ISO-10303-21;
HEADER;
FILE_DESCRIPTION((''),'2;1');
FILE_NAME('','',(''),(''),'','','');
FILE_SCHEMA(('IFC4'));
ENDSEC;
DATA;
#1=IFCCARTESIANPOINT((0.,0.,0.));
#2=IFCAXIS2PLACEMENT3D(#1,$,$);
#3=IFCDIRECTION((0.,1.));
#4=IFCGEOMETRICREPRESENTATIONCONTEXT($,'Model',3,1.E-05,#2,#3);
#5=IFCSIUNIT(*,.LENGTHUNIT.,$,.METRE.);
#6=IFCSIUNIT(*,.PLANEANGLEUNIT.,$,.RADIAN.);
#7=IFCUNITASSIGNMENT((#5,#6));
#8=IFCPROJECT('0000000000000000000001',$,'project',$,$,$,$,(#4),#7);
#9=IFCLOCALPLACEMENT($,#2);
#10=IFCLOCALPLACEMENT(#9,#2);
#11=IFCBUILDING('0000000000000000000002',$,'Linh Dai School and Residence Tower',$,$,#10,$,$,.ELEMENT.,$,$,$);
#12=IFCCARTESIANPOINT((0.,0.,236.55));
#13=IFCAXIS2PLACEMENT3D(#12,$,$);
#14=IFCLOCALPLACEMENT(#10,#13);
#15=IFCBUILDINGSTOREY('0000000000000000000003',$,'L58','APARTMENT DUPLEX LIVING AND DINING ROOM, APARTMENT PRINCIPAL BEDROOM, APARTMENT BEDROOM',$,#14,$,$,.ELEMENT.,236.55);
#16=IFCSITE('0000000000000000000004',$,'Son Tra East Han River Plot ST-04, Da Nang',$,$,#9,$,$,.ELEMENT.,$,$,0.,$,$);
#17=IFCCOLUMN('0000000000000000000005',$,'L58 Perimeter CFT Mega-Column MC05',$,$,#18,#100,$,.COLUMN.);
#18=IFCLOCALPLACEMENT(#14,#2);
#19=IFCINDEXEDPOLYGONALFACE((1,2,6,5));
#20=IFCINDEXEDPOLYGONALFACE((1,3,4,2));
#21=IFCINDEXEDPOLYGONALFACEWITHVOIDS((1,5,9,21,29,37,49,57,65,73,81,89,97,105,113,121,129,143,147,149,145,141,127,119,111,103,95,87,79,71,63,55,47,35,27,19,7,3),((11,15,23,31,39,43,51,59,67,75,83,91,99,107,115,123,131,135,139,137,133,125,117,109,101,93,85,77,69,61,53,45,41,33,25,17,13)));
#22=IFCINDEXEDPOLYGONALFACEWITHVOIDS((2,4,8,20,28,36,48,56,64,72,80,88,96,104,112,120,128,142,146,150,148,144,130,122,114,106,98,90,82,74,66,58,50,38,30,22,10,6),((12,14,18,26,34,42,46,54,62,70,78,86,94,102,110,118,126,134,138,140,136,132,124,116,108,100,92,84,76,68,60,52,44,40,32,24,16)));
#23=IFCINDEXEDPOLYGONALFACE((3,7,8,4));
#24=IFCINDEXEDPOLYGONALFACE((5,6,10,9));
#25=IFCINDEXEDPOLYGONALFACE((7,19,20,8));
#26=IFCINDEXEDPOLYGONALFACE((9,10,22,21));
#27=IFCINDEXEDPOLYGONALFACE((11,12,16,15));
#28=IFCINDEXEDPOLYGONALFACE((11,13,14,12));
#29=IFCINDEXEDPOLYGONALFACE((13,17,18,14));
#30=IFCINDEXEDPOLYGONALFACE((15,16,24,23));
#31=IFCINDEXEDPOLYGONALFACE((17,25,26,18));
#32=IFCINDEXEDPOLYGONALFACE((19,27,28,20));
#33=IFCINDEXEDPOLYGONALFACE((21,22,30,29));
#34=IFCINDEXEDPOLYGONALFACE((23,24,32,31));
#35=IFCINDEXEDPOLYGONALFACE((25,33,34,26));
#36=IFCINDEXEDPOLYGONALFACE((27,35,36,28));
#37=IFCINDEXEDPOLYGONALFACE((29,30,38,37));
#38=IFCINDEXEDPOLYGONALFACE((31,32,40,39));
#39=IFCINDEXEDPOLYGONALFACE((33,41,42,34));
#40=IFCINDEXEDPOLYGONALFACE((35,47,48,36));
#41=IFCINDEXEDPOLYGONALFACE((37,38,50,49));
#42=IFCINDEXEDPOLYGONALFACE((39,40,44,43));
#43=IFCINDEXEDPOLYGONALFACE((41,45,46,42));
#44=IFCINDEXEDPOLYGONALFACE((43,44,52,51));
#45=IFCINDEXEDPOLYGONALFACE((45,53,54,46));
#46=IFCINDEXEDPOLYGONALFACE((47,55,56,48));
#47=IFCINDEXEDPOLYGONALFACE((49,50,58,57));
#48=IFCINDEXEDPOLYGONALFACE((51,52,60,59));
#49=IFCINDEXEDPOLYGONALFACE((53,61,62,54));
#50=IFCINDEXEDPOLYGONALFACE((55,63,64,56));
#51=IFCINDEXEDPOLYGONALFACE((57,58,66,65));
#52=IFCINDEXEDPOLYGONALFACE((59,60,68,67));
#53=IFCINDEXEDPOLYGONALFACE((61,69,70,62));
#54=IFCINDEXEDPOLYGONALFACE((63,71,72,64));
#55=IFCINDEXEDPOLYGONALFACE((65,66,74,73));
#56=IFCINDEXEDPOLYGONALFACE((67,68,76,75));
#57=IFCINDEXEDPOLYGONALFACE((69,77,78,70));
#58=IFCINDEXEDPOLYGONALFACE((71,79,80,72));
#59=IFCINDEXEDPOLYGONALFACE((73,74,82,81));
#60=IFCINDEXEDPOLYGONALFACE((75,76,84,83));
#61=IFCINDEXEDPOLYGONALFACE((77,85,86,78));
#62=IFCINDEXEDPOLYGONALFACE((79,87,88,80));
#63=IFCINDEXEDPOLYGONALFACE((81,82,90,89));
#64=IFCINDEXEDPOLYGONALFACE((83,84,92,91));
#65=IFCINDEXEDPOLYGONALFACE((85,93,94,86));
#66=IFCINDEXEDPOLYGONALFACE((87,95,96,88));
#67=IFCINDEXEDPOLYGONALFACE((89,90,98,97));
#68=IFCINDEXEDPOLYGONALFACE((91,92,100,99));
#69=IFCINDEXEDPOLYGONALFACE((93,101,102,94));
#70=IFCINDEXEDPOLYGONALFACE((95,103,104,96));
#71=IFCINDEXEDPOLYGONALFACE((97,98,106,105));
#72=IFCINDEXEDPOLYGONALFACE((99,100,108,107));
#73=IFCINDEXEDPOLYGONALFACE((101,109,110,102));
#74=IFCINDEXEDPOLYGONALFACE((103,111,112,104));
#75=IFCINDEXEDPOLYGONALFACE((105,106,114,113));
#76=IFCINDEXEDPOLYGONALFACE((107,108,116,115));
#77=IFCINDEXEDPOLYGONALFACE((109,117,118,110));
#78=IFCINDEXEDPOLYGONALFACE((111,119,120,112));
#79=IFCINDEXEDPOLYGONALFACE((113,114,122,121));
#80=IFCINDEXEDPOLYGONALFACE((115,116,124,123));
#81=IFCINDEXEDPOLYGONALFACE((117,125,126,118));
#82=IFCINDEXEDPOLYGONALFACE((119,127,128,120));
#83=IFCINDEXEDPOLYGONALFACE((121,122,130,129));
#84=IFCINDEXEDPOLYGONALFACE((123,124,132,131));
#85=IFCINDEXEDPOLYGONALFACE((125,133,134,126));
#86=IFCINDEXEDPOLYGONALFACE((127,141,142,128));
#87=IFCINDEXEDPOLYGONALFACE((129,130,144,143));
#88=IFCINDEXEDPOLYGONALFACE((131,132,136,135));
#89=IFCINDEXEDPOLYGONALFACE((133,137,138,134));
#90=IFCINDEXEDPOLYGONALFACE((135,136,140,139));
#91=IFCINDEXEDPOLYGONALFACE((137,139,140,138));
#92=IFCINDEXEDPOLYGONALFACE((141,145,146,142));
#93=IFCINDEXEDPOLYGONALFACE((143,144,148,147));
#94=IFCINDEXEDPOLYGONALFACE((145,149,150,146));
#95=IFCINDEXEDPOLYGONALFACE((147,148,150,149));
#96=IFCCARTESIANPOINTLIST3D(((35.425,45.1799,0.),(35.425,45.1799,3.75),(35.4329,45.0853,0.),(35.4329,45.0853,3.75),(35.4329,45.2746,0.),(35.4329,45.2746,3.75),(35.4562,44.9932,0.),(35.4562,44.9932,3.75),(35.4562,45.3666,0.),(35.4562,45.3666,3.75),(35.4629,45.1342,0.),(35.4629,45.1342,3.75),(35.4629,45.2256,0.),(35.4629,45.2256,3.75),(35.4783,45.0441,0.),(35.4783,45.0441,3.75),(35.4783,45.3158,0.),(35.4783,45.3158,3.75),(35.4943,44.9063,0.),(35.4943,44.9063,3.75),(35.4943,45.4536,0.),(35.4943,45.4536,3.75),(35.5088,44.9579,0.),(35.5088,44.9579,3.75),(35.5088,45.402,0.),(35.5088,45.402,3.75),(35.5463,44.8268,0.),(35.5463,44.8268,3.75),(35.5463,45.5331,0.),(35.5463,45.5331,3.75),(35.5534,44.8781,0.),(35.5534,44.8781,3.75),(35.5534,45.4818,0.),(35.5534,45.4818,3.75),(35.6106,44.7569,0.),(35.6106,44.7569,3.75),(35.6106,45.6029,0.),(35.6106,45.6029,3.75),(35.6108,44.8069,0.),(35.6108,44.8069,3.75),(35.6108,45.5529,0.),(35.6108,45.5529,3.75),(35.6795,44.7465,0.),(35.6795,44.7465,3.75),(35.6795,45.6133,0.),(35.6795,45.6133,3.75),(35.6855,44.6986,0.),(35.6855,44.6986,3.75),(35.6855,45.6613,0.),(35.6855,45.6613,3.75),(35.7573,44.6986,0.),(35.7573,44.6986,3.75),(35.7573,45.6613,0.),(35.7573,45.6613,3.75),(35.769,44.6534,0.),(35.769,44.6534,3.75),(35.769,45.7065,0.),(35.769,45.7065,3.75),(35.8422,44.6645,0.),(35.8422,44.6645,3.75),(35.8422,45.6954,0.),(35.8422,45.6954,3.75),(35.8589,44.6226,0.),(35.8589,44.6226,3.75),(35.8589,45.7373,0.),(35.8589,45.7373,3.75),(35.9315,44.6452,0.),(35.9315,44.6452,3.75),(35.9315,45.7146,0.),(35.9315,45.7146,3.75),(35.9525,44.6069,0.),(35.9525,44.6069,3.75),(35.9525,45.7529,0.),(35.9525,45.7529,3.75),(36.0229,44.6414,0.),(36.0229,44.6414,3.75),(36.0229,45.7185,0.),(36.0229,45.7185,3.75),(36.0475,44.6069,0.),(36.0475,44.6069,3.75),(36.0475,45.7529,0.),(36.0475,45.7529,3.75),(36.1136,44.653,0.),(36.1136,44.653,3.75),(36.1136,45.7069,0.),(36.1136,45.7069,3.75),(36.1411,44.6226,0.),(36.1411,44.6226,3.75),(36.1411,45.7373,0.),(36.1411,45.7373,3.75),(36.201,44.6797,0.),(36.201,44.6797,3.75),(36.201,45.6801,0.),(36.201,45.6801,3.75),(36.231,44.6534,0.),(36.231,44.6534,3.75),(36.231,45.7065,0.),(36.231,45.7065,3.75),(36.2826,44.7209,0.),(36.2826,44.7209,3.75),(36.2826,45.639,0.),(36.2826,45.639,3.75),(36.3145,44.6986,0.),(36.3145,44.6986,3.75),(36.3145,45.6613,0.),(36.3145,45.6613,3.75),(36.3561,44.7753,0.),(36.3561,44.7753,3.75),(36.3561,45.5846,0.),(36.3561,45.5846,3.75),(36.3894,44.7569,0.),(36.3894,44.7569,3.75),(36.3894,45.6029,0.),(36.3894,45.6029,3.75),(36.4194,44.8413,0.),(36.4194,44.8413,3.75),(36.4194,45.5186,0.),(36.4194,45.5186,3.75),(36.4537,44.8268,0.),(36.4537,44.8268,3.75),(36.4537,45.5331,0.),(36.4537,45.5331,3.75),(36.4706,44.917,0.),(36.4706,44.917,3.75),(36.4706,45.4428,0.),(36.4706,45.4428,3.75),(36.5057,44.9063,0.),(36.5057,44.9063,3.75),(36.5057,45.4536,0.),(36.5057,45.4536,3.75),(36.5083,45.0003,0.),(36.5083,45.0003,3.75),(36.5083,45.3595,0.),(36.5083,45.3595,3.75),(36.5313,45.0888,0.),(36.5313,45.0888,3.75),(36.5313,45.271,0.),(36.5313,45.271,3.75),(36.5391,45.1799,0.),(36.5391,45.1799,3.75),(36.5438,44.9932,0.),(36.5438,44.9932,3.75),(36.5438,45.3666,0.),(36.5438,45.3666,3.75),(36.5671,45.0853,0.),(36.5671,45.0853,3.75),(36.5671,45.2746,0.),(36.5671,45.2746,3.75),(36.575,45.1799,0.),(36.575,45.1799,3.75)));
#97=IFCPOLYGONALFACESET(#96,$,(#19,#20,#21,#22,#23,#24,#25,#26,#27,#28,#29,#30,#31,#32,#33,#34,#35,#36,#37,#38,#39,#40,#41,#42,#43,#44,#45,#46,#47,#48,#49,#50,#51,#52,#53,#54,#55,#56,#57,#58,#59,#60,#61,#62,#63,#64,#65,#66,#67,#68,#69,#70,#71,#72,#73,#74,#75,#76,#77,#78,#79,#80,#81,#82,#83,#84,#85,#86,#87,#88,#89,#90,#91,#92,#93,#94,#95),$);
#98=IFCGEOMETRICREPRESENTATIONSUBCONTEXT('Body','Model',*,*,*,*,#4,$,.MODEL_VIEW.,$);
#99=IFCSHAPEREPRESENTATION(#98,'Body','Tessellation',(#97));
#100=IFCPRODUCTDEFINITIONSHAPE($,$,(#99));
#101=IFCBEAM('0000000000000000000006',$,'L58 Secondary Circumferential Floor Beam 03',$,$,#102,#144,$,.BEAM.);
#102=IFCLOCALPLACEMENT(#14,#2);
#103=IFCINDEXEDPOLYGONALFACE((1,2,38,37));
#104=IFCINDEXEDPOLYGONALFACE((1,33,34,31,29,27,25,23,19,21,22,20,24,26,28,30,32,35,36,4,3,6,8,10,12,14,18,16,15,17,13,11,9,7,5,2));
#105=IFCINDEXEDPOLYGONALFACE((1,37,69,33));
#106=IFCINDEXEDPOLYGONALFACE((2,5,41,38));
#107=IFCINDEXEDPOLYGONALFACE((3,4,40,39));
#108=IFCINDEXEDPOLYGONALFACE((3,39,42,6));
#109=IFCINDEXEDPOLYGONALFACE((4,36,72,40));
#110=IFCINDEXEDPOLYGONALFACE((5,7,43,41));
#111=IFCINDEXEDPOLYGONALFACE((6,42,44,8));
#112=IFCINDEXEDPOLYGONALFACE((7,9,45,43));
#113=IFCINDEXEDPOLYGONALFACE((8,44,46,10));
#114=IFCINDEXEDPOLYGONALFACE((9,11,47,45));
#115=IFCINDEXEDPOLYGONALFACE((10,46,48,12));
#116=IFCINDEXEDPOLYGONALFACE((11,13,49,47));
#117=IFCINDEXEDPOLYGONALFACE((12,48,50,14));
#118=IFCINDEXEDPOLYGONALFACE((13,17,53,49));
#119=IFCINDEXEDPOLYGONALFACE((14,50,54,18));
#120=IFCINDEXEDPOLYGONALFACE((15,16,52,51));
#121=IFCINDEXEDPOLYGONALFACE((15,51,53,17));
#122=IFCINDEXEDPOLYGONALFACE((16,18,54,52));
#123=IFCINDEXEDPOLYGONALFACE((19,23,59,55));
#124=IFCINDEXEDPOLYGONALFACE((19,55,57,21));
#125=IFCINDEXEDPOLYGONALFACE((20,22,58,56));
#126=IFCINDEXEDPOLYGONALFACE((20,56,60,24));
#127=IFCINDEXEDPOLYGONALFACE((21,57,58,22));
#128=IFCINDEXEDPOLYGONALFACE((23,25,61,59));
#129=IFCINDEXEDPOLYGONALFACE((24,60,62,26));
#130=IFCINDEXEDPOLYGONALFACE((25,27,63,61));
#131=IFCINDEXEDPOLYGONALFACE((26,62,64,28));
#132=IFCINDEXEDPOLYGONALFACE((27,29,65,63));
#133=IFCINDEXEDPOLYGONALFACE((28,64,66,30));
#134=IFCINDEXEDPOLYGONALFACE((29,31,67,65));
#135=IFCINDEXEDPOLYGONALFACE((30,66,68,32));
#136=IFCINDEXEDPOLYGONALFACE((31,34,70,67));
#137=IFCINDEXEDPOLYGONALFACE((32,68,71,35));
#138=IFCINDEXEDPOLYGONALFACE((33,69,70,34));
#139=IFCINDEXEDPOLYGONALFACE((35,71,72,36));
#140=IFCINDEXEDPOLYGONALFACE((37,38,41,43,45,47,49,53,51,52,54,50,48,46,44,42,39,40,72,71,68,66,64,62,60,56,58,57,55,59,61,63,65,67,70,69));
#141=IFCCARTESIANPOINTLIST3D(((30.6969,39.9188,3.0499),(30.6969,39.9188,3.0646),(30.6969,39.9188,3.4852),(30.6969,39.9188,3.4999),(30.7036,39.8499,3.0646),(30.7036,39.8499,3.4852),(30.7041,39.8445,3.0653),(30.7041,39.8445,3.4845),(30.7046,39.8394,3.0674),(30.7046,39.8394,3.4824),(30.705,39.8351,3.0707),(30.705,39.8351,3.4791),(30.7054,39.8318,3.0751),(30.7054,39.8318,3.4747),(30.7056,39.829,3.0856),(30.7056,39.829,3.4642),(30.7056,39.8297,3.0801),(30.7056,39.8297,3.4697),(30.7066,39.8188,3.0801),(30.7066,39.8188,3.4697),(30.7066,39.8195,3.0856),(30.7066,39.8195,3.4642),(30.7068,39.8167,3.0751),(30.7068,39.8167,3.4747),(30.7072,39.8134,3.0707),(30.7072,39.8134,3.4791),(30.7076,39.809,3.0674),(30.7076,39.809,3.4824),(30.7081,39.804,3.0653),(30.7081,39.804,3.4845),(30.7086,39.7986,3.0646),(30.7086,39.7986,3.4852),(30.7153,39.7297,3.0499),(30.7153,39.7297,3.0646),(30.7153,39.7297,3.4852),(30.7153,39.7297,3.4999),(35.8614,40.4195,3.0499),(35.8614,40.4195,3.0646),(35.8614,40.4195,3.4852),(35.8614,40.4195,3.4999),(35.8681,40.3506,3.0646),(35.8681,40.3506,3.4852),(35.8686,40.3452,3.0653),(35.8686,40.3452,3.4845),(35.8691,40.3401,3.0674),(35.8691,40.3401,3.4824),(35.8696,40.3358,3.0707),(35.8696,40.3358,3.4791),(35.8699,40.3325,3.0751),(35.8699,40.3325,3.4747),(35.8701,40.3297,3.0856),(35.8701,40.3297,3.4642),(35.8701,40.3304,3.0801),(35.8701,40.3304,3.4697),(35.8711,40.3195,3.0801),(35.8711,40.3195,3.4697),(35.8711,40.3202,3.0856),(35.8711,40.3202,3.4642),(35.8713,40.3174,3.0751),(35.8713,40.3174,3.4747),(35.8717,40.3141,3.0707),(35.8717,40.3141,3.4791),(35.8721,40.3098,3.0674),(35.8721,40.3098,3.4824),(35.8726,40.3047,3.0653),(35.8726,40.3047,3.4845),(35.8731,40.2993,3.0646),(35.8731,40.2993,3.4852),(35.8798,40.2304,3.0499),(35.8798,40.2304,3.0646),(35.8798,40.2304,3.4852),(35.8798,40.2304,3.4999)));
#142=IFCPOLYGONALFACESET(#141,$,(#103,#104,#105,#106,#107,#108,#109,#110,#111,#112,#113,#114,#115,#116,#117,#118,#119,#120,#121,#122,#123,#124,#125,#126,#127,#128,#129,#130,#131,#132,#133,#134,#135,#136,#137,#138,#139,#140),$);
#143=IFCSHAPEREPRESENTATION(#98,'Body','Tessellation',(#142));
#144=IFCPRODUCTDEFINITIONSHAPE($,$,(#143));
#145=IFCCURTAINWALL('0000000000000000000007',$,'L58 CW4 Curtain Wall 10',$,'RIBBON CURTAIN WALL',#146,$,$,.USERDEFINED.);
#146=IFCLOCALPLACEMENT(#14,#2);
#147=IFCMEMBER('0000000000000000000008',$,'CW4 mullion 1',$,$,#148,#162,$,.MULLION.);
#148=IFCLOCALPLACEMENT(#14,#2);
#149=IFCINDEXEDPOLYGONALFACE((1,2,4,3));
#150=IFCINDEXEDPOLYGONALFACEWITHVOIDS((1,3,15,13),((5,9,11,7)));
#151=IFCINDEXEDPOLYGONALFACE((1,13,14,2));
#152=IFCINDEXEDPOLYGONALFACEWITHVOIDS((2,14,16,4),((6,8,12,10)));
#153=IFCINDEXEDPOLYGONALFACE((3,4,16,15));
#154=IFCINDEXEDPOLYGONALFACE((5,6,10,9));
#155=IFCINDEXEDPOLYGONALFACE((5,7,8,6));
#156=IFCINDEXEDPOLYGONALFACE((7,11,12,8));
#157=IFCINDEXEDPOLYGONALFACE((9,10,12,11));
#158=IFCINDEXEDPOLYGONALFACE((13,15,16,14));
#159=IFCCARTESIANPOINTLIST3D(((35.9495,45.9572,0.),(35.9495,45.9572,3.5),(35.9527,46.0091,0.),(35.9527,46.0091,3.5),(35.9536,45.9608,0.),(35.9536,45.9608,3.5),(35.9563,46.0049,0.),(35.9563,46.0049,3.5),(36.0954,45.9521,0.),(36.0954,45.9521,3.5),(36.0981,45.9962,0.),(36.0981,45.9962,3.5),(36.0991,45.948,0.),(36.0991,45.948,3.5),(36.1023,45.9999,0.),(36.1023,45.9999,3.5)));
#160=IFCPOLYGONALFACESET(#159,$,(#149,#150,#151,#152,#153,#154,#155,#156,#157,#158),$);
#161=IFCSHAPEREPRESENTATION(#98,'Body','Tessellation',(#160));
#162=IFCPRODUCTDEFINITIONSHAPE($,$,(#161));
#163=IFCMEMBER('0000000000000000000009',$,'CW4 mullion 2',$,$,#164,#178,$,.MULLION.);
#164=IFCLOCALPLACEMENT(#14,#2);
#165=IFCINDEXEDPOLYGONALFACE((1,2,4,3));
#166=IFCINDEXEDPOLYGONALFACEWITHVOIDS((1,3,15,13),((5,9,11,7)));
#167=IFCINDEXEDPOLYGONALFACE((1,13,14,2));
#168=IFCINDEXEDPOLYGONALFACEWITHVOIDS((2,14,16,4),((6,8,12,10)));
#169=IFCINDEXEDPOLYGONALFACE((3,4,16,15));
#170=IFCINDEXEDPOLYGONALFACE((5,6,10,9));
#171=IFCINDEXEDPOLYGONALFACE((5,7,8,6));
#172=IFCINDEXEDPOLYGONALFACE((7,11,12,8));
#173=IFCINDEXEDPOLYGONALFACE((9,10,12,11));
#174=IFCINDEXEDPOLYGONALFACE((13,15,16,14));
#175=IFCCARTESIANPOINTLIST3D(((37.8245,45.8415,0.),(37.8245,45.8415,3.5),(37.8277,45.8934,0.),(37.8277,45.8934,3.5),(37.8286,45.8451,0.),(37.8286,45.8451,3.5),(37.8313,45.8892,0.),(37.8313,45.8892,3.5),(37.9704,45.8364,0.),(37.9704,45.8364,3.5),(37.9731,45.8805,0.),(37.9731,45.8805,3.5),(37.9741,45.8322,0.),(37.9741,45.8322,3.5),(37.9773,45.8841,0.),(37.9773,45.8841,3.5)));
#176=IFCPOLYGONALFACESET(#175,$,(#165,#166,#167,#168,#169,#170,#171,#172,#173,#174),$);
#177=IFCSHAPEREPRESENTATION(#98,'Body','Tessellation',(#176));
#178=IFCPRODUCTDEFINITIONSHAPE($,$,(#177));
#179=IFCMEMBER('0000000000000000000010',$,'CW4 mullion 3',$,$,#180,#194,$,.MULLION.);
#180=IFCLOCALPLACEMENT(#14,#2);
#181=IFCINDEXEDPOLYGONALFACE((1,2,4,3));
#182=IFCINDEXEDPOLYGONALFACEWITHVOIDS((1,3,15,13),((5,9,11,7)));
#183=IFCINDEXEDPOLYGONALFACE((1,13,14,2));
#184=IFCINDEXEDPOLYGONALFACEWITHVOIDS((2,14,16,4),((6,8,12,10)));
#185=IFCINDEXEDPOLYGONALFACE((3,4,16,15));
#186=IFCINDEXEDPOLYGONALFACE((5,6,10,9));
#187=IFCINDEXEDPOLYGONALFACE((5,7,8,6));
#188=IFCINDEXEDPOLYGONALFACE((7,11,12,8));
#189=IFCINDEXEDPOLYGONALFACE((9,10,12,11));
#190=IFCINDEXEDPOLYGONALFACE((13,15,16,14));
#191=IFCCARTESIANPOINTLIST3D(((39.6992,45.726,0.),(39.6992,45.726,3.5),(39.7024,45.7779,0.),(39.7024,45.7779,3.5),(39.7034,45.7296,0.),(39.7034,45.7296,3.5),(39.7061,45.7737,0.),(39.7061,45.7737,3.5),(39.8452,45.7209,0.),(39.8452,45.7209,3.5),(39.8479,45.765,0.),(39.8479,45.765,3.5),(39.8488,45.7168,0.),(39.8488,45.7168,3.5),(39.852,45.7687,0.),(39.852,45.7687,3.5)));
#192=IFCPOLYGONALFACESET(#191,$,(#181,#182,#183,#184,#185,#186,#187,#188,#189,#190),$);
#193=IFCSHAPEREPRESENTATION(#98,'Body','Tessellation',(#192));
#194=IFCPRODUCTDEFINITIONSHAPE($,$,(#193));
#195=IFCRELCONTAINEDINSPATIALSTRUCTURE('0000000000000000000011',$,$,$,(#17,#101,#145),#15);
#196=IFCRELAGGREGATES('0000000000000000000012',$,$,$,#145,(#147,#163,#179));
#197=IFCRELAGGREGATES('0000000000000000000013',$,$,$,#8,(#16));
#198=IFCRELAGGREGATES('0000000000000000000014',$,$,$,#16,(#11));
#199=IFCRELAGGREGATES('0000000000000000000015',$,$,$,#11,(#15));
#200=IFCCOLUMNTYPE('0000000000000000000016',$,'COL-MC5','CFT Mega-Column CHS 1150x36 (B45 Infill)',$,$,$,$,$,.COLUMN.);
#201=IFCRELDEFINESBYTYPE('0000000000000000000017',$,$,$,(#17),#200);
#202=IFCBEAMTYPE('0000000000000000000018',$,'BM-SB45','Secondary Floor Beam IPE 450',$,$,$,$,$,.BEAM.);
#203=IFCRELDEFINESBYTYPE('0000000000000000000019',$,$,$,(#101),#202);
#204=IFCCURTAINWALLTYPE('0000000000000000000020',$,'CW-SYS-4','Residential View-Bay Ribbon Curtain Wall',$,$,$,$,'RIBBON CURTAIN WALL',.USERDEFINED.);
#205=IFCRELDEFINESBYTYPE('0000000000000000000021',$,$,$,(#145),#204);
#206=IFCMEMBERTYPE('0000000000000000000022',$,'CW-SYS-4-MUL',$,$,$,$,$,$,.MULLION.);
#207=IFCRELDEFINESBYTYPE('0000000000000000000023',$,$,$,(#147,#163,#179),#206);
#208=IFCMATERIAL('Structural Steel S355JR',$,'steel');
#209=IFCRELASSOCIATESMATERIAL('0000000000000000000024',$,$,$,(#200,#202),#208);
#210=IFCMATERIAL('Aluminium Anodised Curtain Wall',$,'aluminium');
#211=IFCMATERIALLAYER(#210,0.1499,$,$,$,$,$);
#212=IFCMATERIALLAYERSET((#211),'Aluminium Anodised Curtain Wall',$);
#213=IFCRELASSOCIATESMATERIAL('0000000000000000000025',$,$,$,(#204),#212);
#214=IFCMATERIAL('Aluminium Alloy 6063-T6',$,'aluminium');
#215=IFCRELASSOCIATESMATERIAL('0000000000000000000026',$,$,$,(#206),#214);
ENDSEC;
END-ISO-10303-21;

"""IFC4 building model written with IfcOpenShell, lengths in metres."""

from ifc_helpers import new_model, si_unit, direction, frame, origin, origin_2d, place, context, subcontext, project, spatial, hollow_rectangle, hollow_circle, i_section, extrude, source, transform, mapped, material, layer, layer_set, material_profile, profile_set, type_object, element, aggregate, save


model = new_model("IFC4")

# Units and contexts
model_context = context("Model", 3, precision=1e-05, world=origin(), true_north=direction((0.0, 1.0)))
body_context = subcontext(model_context, "Body", "Model", "MODEL_VIEW")
ifc_project = project(units=[si_unit("LENGTHUNIT", "METRE"), si_unit("PLANEANGLEUNIT", "RADIAN")], contexts=[model_context])

# Site, building, storey
site_placement = place(None, origin())
site = spatial("IfcSite", under=ifc_project, at=site_placement, Name="Son Tra East Han River Plot ST-04, Da Nang", CompositionType="ELEMENT", RefElevation=0.0)
building_placement = place(site_placement, origin())
building = spatial("IfcBuilding", under=site, at=building_placement, Name="Linh Dai School and Residence Tower", CompositionType="ELEMENT")
storey_placement = place(building_placement, frame((0.0, 0.0, 236.55)))
storey = spatial("IfcBuildingStorey", under=building, at=storey_placement, Name="L58", Description="APARTMENT DUPLEX LIVING AND DINING ROOM, APARTMENT PRINCIPAL BEDROOM, APARTMENT BEDROOM", CompositionType="ELEMENT", Elevation=236.55)

# Column
ifc_material_1 = material(Name="Structural Steel S355JR", Category="steel")
ifc_material_profile_1 = material_profile(ifc_material_1, hollow_circle(Radius=0.575, WallThickness=0.0359, at=origin_2d()), Name="CHS 1150x36")
ifc_profile_set_1 = profile_set([ifc_material_profile_1], Name="Structural Steel S355JR")
column_type = type_object("IfcColumnType", Name="COL-MC5", Description="CFT Mega-Column CHS 1150x36 (B45 Infill)", PredefinedType="COLUMN", material=ifc_profile_set_1)
column_placement = place(storey_placement, frame((36.0, 45.1799, 0.0), z_axis=(0.0, 0.0, 1.0), x_axis=(1.0, 0.0, 0.0)))
element("IfcColumn", 1, at=column_placement, inside=storey, type_object=column_type, Name="L58 Perimeter CFT Mega-Column MC05", PredefinedType="COLUMN", context=body_context, shape_type="SweptSolid", body=[
    extrude(hollow_circle(Radius=0.575, WallThickness=0.0359, at=origin_2d()), origin(), (0.0, 0.0, 1.0), 3.75),
])

# Beam
ifc_material_profile_2 = material_profile(ifc_material_1, i_section(OverallWidth=0.1899, OverallDepth=0.45, WebThickness=0.0095, FlangeThickness=0.0146, FilletRadius=0.021, at=origin_2d()), Name="IPE 450")
ifc_profile_set_2 = profile_set([ifc_material_profile_2], Name="Structural Steel S355JR")
beam_type = type_object("IfcBeamType", Name="BM-SB45", Description="Secondary Floor Beam IPE 450", PredefinedType="BEAM", material=ifc_profile_set_2)
beam_placement = place(storey_placement, frame((35.8706, 40.325, 3.2749), z_axis=(-0.995333, -0.096503, 0.0), x_axis=(0.096503, -0.995333, 0.0)))
element("IfcBeam", 2, at=beam_placement, inside=storey, type_object=beam_type, Name="L58 Secondary Circumferential Floor Beam 03", PredefinedType="BEAM", context=body_context, shape_type="SweptSolid", body=[
    extrude(i_section(OverallWidth=0.1899, OverallDepth=0.45, WebThickness=0.0095, FlangeThickness=0.0146, FilletRadius=0.021, at=origin_2d()), origin(), (0.0, 0.0, 1.0), 5.1887),
])

# Curtain wall, members
ifc_material_2 = material(Name="Aluminium Anodised Curtain Wall", Category="aluminium")
ifc_layer_1 = layer(ifc_material_2, 0.1499)
ifc_layer_set_1 = layer_set([ifc_layer_1], Name="Aluminium Anodised Curtain Wall")
curtain_wall_type = type_object("IfcCurtainWallType", Name="CW-SYS-4", Description="Residential View-Bay Ribbon Curtain Wall", ElementType="RIBBON CURTAIN WALL", PredefinedType="USERDEFINED", material=ifc_layer_set_1)
curtain_wall_placement = place(storey_placement, origin())
curtain_wall = element("IfcCurtainWall", 3, at=curtain_wall_placement, inside=storey, type_object=curtain_wall_type, Name="L58 CW4 Curtain Wall 10", ObjectType="RIBBON CURTAIN WALL", PredefinedType="USERDEFINED")
ifc_material_3 = material(Name="Aluminium Alloy 6063-T6", Category="aluminium")
ifc_material_profile_3 = material_profile(ifc_material_3, hollow_rectangle(XDim=0.052, YDim=0.1499, WallThickness=0.0039, at=origin_2d()), Name="RHS 150x52x4")
ifc_profile_set_3 = profile_set([ifc_material_profile_3], Name="Aluminium Alloy 6063-T6")
member_type_1 = type_object("IfcMemberType", Name="CW-SYS-4-MUL", PredefinedType="MULLION", material=ifc_profile_set_3)
shared_shape_1 = source(origin(), body_context, "Body", "SweptSolid", [
    extrude(hollow_rectangle(XDim=0.052, YDim=0.1499, WallThickness=0.0039, at=origin_2d()), origin(), (0.0, 0.0, 1.0), 3.5),
])
member_1_placement = place(storey_placement, frame((36.0259, 45.9785, 0.0), z_axis=(0.0, 0.0, 1.0), x_axis=(0.061504, 0.998107, 0.0)))
member_1 = element("IfcMember", 4, at=member_1_placement, type_object=member_type_1, Name="CW4 mullion 1", PredefinedType="MULLION", context=body_context, shape_type="MappedRepresentation", body=[
    mapped(shared_shape_1, transform((0.0, 0.0, 0.0), x_axis=(1.0, 0.0, 0.0), y_axis=(0.0, 1.0, 0.0), z_axis=(0.0, 0.0, 1.0), scale=1.0)),
])
member_2_placement = place(storey_placement, frame((37.9009, 45.8628, 0.0), z_axis=(0.0, 0.0, 1.0), x_axis=(0.061504, 0.998107, 0.0)))
member_2 = element("IfcMember", 5, at=member_2_placement, type_object=member_type_1, Name="CW4 mullion 2", PredefinedType="MULLION", context=body_context, shape_type="MappedRepresentation", body=[
    mapped(shared_shape_1, transform((0.0, 0.0, 0.0), x_axis=(1.0, 0.0, 0.0), y_axis=(0.0, 1.0, 0.0), z_axis=(0.0, 0.0, 1.0), scale=1.0)),
])
member_3_placement = place(storey_placement, frame((39.7756, 45.7473, 0.0), z_axis=(0.0, 0.0, 1.0), x_axis=(0.061504, 0.998107, 0.0)))
member_3 = element("IfcMember", 6, at=member_3_placement, type_object=member_type_1, Name="CW4 mullion 3", PredefinedType="MULLION", context=body_context, shape_type="MappedRepresentation", body=[
    mapped(shared_shape_1, transform((0.0, 0.0, 0.0), x_axis=(1.0, 0.0, 0.0), y_axis=(0.0, 1.0, 0.0), z_axis=(0.0, 0.0, 1.0), scale=1.0)),
])

aggregate(curtain_wall, [member_1, member_2, member_3])

save(model, "model.ifc")
